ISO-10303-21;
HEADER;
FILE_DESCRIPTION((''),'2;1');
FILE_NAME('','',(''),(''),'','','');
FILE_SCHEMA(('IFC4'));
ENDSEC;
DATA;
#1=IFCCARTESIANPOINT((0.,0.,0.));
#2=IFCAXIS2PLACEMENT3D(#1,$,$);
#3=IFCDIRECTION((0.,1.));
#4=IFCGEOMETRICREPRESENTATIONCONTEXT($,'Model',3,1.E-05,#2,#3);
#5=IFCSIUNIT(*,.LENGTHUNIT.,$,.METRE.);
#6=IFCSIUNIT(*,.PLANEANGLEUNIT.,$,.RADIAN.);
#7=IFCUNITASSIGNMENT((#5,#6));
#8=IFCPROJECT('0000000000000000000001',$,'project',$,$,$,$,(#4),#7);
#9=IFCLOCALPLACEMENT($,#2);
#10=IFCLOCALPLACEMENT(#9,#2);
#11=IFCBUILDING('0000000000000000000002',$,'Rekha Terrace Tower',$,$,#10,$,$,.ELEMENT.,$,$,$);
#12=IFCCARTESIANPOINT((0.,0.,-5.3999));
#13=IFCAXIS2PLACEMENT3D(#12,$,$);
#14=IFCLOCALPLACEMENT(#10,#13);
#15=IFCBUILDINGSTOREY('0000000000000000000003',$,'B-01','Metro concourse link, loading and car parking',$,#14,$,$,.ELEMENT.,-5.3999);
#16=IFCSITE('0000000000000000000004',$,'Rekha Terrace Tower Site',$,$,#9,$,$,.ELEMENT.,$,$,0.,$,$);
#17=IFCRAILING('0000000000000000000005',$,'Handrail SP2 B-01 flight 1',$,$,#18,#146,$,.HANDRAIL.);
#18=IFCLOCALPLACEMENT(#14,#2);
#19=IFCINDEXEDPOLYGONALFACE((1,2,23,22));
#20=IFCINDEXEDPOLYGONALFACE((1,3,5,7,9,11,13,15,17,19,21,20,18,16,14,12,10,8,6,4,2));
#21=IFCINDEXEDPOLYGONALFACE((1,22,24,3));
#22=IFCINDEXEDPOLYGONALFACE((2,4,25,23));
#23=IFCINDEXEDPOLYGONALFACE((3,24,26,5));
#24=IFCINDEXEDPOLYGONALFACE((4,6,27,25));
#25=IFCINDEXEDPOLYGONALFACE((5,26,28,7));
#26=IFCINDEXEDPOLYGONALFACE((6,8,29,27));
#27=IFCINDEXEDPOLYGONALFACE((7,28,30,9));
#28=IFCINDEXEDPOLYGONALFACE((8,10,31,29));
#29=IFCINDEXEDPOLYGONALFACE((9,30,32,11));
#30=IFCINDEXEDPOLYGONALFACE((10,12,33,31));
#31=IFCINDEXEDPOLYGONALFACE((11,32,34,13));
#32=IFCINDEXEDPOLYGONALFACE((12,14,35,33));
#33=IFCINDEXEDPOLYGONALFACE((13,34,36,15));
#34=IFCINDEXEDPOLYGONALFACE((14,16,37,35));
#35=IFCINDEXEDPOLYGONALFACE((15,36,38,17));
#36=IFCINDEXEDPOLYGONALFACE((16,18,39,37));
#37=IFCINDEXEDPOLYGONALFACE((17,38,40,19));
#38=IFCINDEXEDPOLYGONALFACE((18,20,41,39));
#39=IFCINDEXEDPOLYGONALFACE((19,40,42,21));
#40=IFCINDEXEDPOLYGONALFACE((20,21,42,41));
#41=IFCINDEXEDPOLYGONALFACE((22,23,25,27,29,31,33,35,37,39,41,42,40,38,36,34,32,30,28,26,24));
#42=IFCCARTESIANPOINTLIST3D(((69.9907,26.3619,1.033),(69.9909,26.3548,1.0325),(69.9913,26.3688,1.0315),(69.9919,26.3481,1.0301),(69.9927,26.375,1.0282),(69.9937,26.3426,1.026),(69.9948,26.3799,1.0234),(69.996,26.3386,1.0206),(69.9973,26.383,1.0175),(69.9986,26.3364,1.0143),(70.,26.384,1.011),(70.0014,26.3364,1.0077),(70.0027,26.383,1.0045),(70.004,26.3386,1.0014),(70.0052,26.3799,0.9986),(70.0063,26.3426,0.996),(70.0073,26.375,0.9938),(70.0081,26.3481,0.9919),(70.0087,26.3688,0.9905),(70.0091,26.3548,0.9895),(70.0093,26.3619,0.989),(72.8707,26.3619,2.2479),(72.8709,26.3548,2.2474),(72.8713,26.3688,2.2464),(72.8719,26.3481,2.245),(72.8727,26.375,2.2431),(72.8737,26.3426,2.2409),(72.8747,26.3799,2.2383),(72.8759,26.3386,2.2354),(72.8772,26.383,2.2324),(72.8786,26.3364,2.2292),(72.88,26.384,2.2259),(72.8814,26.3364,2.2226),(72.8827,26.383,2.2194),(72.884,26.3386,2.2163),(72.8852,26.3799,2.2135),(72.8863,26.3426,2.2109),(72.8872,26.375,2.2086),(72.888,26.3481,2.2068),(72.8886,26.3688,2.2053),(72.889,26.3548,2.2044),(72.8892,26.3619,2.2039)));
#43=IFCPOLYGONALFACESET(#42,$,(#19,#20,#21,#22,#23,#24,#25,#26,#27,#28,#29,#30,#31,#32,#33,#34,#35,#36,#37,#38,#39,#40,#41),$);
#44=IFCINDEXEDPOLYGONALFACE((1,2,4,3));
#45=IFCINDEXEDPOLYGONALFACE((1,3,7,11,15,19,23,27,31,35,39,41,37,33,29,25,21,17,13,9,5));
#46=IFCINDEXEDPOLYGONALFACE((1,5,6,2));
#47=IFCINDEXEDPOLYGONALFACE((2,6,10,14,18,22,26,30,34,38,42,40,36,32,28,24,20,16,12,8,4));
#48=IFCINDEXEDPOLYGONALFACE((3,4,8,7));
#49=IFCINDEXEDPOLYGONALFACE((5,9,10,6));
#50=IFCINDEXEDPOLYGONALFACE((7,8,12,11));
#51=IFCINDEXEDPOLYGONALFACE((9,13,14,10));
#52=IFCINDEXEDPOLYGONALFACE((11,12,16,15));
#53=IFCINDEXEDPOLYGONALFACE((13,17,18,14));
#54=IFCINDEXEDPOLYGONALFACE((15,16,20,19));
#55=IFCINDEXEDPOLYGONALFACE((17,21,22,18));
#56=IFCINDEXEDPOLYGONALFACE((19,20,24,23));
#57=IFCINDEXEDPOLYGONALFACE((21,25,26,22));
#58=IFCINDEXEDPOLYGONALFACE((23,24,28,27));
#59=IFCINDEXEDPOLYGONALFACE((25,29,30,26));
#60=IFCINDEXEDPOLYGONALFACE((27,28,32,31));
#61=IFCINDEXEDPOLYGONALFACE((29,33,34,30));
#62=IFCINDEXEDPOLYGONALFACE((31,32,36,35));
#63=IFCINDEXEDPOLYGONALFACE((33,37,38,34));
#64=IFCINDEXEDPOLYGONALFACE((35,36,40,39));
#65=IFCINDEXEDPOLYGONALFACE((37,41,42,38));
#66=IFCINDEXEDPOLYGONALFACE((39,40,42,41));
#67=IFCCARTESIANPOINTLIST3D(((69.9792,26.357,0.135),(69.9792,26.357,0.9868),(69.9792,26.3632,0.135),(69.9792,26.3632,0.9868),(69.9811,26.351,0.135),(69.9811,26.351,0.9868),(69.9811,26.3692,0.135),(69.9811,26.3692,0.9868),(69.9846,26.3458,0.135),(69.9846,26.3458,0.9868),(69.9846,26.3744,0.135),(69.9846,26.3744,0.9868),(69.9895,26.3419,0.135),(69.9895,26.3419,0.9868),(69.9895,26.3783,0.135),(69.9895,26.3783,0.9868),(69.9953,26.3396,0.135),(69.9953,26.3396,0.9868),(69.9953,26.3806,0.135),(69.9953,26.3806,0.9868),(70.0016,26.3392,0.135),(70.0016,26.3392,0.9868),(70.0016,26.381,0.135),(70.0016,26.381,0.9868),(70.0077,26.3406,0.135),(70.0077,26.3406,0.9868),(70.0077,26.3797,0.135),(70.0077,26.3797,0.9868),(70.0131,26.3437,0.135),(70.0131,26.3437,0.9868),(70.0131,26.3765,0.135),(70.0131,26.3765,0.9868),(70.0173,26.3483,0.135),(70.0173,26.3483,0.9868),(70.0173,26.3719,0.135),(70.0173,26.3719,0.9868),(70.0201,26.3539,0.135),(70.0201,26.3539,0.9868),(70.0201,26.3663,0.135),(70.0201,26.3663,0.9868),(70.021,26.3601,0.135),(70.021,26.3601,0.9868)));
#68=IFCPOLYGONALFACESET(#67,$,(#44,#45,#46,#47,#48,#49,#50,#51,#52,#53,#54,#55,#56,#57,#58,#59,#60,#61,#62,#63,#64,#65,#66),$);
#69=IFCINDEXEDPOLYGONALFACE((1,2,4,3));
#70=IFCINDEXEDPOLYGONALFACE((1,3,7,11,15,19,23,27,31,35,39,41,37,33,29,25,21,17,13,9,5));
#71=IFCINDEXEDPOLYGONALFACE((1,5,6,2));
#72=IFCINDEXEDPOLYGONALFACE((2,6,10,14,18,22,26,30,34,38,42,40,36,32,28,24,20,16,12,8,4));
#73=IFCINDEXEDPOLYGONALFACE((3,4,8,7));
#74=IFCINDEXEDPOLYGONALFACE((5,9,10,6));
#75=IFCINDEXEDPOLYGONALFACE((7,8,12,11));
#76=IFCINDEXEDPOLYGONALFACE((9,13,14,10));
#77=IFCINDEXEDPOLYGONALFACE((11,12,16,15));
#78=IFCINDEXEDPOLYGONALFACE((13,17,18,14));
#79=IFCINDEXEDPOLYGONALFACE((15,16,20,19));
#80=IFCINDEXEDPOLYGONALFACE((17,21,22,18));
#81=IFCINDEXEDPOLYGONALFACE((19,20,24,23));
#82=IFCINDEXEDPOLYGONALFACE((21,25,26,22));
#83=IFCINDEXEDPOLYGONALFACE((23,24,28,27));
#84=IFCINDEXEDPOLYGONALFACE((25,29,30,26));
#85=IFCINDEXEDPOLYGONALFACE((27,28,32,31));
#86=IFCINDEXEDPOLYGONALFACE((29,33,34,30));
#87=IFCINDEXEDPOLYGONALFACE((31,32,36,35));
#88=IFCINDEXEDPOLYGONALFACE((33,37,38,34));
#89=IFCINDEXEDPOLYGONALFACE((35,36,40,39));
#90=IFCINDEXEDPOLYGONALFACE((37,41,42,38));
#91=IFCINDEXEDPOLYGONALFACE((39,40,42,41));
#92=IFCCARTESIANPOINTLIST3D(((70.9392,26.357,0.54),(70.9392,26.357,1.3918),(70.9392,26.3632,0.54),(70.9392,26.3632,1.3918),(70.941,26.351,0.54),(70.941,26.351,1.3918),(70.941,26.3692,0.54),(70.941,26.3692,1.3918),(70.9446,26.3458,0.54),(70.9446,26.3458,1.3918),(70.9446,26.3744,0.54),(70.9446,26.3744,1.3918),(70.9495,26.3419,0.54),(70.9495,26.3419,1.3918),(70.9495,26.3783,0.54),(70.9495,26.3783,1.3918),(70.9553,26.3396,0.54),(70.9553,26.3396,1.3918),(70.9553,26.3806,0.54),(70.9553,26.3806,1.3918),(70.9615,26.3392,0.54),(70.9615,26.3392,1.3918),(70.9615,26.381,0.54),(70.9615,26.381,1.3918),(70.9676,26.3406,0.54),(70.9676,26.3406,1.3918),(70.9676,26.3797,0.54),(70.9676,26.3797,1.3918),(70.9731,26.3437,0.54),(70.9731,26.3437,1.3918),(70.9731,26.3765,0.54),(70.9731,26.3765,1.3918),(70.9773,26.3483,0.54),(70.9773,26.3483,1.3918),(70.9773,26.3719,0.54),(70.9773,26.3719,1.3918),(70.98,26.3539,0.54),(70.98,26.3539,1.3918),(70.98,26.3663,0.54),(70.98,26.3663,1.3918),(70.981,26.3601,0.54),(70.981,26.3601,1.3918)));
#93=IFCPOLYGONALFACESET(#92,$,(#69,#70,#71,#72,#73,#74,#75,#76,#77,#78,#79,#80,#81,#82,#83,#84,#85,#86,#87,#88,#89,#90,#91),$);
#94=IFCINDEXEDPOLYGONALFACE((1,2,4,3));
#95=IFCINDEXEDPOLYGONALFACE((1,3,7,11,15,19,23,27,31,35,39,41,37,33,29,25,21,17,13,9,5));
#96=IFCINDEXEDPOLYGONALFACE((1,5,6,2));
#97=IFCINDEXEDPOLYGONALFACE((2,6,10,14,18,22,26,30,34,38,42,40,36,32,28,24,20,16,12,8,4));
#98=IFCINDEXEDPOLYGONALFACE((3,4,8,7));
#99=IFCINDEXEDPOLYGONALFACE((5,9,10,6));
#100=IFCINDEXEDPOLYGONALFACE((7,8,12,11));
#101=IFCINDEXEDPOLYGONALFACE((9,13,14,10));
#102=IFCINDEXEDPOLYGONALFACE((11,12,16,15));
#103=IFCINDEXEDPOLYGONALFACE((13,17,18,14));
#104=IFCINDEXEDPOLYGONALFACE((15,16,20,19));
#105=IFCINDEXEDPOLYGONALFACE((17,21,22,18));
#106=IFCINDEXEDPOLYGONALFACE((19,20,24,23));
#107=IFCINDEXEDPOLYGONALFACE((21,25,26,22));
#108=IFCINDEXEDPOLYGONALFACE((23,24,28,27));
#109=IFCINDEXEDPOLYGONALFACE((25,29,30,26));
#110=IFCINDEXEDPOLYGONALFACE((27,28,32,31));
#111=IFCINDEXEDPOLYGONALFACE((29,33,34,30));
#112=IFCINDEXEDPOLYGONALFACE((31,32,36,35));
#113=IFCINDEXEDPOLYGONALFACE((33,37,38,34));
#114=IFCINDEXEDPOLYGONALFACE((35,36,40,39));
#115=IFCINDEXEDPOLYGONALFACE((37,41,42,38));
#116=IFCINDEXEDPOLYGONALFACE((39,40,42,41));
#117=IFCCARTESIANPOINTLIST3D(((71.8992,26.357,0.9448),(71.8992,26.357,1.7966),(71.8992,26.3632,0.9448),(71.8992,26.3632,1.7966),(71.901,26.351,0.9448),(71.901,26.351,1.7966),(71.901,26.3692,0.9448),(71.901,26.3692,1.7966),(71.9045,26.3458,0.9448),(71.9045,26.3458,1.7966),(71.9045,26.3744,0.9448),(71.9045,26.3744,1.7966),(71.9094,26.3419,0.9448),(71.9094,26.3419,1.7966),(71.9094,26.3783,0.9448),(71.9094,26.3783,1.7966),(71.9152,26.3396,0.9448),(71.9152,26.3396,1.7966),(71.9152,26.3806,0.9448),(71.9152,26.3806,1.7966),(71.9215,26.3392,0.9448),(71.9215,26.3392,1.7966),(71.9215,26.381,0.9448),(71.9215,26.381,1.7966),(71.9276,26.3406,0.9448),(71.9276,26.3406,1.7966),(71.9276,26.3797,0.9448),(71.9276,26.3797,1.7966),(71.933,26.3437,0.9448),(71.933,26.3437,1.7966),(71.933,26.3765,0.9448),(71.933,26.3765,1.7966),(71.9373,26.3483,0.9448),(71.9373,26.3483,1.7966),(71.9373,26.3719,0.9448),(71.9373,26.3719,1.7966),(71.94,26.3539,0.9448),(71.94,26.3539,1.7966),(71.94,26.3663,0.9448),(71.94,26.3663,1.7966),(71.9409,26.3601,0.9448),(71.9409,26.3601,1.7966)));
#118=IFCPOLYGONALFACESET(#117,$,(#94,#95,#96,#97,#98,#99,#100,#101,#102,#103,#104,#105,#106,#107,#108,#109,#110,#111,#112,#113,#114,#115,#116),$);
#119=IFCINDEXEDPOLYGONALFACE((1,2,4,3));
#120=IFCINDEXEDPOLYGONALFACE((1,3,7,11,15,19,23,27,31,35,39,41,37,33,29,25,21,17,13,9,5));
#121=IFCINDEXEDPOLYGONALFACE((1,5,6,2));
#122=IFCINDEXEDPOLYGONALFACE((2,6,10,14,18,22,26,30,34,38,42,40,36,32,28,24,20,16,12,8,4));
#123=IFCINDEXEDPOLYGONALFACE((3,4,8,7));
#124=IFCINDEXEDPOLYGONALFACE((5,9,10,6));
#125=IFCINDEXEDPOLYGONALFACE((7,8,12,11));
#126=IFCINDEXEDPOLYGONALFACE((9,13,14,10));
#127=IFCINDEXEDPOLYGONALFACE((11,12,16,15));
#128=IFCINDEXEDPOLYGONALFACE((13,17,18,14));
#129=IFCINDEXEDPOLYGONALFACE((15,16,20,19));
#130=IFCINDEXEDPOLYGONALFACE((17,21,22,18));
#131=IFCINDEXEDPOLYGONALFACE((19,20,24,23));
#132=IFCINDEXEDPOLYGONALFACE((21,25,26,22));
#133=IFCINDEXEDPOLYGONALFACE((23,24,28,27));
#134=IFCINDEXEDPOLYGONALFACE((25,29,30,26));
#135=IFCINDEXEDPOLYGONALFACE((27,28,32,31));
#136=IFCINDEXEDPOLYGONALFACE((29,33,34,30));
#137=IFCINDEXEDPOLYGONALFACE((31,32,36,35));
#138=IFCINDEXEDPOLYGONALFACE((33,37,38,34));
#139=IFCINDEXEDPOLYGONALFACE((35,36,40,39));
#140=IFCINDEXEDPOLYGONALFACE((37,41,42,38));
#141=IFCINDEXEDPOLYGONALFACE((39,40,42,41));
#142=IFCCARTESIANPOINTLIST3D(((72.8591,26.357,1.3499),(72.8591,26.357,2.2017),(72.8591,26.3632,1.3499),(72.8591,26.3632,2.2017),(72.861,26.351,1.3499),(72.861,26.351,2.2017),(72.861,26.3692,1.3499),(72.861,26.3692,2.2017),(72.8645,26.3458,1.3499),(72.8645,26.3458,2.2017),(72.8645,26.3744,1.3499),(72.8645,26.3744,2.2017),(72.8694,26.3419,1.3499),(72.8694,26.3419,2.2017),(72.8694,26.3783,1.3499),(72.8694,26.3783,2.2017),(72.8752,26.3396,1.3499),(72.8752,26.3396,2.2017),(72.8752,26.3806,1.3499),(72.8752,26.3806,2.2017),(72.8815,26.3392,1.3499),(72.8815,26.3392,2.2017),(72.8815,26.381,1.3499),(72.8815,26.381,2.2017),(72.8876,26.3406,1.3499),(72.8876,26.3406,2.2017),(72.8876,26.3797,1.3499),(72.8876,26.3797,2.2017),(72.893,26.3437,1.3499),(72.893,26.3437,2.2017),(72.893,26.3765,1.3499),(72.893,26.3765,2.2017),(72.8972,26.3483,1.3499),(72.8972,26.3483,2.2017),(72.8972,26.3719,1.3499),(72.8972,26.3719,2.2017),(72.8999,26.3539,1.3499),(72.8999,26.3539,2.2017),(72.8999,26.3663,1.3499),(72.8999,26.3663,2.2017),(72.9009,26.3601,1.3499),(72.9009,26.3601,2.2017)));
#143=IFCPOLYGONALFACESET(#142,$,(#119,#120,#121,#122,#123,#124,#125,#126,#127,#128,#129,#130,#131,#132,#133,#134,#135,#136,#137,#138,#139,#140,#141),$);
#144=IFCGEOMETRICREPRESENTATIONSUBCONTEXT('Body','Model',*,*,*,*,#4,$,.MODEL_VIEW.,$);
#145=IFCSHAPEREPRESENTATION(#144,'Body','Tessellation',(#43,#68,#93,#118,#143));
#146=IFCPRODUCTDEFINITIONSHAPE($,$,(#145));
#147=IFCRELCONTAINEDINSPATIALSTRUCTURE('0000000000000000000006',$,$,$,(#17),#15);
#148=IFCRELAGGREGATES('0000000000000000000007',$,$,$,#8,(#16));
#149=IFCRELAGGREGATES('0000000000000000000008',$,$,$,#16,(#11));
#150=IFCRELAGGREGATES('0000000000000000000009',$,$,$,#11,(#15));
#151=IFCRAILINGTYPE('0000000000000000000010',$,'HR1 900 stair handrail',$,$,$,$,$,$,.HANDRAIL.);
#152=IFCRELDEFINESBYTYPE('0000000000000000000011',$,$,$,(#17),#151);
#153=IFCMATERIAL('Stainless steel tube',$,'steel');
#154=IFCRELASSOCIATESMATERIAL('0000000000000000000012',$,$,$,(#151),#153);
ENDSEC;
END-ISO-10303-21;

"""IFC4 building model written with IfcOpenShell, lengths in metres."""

from ifc_helpers import new_model, si_unit, direction, frame, origin, origin_2d, place, context, subcontext, project, spatial, circle, extrude, material, type_object, element, save


model = new_model("IFC4")

# Units and contexts
model_context = context("Model", 3, precision=1e-05, world=origin(), true_north=direction((0.0, 1.0)))
body_context = subcontext(model_context, "Body", "Model", "MODEL_VIEW")
ifc_project = project(units=[si_unit("LENGTHUNIT", "METRE"), si_unit("PLANEANGLEUNIT", "RADIAN")], contexts=[model_context])

# Site, building, storey
site_placement = place(None, origin())
site = spatial("IfcSite", under=ifc_project, at=site_placement, Name="Rekha Terrace Tower Site", CompositionType="ELEMENT", RefElevation=0.0)
building_placement = place(site_placement, origin())
building = spatial("IfcBuilding", under=site, at=building_placement, Name="Rekha Terrace Tower", CompositionType="ELEMENT")
storey_placement = place(building_placement, frame((0.0, 0.0, -5.3999)))
storey = spatial("IfcBuildingStorey", under=building, at=storey_placement, Name="B-01", Description="Metro concourse link, loading and car parking", CompositionType="ELEMENT", Elevation=-5.3999)

# Railing
ifc_material_1 = material(Name="Stainless steel tube", Category="steel")
railing_type_1 = type_object("IfcRailingType", Name="HR1 900 stair handrail", PredefinedType="HANDRAIL", material=ifc_material_1)
railing_1_placement = place(storey_placement, frame((70.0, 26.3601, 0.135)))
element("IfcRailing", 1, at=railing_1_placement, inside=storey, type_object=railing_type_1, Name="Handrail SP2 B-01 flight 1", PredefinedType="HANDRAIL", context=body_context, shape_type="SweptSolid", body=[
    extrude(circle(Radius=0.0239, at=origin_2d()), frame((0.0, 0.0, 0.876), z_axis=(0.921376, 0.0, 0.388671), x_axis=(0.0, 1.0, 0.0)), (0.0, 0.0, 1.0), 3.1257),
    extrude(circle(Radius=0.021, at=origin_2d()), origin(), (0.0, 0.0, 1.0), 0.8518),
    extrude(circle(Radius=0.021, at=origin_2d()), frame((0.96, 0.0, 0.405)), (0.0, 0.0, 1.0), 0.8518),
    extrude(circle(Radius=0.021, at=origin_2d()), frame((1.9199, 0.0, 0.8098)), (0.0, 0.0, 1.0), 0.8518),
    extrude(circle(Radius=0.021, at=origin_2d()), frame((2.8799, 0.0, 1.2148)), (0.0, 0.0, 1.0), 0.8518),
])

save(model, "model.ifc")
